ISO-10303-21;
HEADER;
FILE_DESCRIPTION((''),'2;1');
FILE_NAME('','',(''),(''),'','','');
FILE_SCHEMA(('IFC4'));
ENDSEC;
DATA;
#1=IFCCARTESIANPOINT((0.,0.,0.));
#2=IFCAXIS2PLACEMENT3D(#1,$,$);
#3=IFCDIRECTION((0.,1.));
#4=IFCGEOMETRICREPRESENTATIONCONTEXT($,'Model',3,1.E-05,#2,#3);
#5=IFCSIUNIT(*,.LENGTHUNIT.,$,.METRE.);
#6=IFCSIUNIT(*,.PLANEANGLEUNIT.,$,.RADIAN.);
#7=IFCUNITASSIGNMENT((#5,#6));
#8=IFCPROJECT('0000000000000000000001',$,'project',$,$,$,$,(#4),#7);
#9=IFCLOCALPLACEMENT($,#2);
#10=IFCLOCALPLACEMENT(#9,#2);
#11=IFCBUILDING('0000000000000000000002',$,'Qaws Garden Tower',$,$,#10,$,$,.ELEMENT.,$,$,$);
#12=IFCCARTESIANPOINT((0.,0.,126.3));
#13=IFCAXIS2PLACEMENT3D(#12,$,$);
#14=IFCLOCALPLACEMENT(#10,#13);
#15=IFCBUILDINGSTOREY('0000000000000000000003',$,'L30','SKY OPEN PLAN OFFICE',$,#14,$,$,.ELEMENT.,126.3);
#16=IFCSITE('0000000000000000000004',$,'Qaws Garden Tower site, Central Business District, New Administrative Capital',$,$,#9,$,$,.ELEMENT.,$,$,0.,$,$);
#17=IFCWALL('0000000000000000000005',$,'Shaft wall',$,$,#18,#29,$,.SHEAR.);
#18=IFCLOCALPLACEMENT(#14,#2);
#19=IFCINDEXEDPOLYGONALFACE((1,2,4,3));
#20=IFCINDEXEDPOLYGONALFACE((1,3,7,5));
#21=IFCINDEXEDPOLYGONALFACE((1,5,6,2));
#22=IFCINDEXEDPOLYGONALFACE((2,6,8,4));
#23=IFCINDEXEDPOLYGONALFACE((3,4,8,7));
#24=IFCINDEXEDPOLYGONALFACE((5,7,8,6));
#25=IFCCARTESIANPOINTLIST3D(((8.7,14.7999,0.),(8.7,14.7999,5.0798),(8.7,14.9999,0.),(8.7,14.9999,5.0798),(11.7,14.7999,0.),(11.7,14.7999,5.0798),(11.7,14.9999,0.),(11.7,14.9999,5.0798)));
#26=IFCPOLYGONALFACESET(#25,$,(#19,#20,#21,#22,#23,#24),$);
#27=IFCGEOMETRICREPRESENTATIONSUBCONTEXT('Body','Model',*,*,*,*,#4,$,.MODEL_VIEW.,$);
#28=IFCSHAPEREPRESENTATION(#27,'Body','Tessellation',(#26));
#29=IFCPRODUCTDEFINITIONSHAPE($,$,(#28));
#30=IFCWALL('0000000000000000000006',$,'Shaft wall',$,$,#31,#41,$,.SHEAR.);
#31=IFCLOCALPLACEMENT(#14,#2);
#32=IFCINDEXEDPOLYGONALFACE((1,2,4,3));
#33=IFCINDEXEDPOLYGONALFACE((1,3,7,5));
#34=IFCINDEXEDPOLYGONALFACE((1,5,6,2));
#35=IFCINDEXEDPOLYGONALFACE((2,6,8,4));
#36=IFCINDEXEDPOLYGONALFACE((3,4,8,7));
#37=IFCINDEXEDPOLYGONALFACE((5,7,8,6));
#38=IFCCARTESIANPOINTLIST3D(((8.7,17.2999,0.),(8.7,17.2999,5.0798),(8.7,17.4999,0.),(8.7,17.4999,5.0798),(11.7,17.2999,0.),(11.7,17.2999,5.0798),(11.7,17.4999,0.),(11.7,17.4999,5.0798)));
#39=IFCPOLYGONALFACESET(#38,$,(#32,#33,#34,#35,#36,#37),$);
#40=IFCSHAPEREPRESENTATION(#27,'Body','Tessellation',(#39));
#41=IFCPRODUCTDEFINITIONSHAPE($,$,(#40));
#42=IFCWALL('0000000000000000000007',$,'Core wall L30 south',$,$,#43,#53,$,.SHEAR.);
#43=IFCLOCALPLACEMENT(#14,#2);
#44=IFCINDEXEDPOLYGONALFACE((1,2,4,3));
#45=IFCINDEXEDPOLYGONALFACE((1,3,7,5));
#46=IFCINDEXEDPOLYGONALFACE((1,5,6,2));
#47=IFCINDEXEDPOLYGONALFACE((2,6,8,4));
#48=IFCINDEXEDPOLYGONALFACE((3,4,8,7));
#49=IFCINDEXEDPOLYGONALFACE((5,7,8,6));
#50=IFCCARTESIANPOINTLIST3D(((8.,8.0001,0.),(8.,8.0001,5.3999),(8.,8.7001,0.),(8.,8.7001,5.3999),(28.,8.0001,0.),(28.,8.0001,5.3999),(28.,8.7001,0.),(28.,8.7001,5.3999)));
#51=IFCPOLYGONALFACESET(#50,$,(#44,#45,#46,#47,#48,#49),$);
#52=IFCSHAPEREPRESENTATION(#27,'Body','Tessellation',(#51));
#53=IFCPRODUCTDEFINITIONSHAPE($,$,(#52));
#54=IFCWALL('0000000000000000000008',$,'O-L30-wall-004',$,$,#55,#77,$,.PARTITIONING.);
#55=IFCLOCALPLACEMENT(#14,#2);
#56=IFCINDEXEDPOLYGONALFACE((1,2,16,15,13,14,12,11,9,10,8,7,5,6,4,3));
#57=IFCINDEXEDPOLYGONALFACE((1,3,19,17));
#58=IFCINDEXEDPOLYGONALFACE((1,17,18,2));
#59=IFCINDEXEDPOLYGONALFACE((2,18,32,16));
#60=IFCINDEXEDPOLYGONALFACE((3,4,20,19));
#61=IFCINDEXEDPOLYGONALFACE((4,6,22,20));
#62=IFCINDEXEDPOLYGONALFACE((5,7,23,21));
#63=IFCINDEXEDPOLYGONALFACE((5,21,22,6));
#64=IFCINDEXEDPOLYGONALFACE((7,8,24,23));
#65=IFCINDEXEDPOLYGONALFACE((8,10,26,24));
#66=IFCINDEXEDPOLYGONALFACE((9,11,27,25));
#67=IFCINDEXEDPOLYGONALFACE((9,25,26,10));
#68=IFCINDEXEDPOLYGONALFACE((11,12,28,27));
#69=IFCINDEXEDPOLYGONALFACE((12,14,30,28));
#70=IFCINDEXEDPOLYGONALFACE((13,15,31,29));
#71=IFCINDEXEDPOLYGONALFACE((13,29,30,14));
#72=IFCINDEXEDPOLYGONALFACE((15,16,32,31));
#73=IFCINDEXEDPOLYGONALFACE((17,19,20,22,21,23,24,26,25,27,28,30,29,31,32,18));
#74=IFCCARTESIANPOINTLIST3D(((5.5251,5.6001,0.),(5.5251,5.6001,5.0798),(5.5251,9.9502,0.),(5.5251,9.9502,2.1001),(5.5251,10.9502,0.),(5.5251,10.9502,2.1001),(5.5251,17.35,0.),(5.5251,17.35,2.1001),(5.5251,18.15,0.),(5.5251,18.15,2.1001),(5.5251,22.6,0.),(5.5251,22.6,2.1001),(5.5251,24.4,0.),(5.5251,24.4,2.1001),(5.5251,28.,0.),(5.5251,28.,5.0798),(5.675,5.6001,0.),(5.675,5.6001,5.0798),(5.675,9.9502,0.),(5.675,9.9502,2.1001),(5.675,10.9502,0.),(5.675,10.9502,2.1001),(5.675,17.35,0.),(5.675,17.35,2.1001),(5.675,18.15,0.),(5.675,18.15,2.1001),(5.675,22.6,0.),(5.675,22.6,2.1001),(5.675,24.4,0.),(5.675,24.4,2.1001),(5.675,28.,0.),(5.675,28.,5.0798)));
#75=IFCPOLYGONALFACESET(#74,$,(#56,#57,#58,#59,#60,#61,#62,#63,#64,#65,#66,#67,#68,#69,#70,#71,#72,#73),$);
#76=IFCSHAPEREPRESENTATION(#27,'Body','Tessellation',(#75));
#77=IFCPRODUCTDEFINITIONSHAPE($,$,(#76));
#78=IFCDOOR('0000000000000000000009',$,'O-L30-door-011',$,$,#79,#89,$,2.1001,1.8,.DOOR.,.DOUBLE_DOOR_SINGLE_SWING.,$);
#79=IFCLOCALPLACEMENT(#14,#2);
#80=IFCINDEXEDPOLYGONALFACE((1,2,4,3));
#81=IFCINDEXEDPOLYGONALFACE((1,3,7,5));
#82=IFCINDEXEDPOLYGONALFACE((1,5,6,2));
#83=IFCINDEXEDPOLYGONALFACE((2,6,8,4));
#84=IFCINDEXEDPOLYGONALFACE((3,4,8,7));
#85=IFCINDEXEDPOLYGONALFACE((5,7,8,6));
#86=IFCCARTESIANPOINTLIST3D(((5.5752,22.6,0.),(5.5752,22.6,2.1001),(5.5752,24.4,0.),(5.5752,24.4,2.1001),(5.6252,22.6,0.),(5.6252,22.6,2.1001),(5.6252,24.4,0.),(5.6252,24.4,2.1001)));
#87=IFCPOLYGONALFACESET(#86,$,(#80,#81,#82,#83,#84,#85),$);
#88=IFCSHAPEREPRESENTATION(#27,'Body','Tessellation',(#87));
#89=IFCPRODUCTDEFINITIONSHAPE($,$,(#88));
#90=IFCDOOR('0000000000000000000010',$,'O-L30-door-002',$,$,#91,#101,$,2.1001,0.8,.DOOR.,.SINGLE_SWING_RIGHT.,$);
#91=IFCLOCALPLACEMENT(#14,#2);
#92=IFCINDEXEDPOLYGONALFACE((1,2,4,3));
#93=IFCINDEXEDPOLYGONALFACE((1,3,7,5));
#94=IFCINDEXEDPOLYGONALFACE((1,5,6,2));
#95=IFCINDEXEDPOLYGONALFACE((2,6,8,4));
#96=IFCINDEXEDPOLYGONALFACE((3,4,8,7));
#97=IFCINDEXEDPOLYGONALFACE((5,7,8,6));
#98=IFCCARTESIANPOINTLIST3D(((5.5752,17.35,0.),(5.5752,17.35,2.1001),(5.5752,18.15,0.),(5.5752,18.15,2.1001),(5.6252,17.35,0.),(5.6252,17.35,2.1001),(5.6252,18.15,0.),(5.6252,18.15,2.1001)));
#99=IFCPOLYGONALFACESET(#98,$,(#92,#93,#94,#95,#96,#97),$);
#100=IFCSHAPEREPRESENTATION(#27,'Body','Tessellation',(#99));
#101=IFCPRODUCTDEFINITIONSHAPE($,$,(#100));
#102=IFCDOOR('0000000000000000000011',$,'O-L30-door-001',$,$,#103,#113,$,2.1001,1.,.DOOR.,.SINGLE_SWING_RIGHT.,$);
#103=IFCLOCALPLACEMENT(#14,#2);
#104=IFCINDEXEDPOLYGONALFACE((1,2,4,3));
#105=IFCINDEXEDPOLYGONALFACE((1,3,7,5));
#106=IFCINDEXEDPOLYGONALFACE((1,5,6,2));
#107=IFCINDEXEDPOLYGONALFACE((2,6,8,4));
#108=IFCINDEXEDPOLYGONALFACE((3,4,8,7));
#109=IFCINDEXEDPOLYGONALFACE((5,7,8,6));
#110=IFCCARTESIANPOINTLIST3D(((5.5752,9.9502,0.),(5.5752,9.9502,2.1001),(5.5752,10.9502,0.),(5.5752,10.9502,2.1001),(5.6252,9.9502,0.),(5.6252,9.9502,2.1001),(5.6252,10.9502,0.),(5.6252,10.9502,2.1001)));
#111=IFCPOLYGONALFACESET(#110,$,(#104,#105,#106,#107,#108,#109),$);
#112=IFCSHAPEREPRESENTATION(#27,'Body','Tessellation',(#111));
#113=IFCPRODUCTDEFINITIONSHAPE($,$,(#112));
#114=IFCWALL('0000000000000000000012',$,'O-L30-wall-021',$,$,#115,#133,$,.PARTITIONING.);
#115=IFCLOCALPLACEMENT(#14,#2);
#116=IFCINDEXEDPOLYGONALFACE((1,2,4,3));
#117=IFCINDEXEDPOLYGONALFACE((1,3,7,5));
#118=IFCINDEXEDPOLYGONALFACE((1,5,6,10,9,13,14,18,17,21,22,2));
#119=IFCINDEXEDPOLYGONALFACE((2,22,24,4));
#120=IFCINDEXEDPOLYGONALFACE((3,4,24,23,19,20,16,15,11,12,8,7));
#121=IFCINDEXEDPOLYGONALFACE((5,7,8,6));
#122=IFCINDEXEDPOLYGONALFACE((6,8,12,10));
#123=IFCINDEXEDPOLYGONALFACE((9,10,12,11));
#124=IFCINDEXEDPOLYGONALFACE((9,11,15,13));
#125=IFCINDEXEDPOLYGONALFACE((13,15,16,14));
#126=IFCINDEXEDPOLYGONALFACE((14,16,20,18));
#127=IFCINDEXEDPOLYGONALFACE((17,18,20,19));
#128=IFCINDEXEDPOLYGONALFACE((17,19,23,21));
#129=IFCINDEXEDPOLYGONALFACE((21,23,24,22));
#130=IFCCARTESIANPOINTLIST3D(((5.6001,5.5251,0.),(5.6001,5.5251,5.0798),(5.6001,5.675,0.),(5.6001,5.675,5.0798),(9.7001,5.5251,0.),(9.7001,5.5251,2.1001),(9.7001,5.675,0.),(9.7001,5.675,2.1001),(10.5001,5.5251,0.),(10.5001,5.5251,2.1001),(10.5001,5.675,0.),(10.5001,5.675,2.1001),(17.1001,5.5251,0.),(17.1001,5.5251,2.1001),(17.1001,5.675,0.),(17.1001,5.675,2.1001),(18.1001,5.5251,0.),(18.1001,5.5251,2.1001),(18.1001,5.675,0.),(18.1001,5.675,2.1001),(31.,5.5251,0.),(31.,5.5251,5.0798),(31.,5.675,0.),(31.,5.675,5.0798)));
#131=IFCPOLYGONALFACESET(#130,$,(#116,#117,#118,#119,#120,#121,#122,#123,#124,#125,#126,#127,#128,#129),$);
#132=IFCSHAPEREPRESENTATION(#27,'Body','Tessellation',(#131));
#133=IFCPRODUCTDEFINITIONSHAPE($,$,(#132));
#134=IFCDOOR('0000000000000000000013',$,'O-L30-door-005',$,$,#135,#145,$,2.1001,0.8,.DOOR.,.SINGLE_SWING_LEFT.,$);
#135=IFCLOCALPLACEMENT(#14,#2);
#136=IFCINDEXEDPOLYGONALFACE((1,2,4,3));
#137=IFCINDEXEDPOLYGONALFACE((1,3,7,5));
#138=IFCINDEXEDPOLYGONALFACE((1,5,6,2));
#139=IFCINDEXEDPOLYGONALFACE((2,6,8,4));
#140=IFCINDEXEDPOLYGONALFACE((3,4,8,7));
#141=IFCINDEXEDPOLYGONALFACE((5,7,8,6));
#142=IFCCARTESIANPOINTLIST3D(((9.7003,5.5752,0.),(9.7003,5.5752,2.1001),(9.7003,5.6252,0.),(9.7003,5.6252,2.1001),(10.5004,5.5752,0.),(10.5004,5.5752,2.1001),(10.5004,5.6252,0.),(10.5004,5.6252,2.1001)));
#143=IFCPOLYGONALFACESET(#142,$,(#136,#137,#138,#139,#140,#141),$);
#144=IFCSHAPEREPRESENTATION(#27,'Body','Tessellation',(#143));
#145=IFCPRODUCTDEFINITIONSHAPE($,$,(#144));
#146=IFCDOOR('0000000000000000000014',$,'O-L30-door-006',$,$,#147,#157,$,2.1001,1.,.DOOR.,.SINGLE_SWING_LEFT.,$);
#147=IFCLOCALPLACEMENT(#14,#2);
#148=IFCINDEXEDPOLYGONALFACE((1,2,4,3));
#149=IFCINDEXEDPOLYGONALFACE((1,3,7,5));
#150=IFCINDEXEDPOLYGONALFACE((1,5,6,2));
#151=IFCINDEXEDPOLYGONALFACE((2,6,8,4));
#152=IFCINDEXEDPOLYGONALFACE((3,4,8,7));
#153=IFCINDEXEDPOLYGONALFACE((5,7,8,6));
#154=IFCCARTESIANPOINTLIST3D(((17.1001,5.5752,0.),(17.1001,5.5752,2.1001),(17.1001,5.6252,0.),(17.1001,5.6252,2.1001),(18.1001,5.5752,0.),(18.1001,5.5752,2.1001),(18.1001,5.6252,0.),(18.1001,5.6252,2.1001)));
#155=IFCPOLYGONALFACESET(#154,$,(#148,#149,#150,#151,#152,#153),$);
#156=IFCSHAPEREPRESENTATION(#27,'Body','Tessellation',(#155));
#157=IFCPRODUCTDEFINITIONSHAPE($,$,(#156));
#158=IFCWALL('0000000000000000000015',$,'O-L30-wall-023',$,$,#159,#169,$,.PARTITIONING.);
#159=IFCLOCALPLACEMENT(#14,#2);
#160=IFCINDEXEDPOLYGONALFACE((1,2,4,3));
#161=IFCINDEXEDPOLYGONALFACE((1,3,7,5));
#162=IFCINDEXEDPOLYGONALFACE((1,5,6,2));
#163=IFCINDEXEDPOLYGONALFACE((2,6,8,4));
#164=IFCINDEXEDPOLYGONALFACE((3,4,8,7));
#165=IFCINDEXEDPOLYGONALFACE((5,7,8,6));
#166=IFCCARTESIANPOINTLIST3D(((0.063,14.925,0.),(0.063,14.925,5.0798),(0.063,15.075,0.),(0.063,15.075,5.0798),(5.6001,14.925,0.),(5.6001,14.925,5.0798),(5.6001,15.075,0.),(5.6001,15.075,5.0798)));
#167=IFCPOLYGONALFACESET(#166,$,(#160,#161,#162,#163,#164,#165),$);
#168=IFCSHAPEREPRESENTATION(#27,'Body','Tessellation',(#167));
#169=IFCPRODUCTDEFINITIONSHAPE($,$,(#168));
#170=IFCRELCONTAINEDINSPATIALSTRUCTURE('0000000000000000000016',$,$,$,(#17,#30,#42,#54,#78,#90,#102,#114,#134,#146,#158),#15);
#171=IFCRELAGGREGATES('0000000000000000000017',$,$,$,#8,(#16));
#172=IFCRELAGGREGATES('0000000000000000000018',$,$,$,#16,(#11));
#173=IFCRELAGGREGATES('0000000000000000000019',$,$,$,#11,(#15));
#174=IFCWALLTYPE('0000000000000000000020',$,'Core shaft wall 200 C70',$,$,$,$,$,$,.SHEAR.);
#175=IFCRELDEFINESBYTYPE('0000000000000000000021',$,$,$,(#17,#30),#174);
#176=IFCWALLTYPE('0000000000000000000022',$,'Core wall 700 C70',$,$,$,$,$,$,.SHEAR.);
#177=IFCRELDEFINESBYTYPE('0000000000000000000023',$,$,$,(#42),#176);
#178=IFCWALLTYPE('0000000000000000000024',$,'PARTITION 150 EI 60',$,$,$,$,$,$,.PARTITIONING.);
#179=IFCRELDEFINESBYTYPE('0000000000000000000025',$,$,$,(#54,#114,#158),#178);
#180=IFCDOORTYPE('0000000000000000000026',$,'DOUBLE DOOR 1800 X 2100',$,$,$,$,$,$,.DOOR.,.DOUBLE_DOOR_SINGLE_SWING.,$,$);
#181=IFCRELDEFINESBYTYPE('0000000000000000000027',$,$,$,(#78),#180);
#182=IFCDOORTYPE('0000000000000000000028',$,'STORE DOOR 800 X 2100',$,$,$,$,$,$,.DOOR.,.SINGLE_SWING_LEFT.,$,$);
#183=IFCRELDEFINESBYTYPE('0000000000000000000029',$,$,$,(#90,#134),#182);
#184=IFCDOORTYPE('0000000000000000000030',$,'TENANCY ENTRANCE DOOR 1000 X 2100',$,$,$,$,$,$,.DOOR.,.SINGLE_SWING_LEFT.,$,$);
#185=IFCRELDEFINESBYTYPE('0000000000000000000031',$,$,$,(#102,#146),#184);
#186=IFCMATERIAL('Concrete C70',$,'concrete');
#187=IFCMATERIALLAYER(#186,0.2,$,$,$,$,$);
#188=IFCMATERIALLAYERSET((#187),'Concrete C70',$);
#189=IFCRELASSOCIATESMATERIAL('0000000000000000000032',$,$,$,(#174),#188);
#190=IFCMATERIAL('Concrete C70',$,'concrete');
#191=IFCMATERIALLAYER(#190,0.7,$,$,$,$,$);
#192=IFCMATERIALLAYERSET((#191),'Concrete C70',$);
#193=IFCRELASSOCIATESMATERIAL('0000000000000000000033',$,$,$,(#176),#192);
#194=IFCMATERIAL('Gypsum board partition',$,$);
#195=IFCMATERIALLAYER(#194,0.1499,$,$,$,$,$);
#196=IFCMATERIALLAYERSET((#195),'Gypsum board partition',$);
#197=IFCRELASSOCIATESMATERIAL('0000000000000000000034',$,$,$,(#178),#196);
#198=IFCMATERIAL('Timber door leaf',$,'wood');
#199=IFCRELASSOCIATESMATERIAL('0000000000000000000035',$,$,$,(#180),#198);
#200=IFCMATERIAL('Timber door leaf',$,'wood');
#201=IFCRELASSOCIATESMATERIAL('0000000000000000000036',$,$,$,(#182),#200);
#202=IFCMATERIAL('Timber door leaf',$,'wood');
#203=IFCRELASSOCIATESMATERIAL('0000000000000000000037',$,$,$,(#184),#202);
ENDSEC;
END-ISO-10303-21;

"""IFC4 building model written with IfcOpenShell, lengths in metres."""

from ifc_helpers import new_model, si_unit, direction, frame, frame_2d, origin, place, context, subcontext, project, spatial, rectangle, extrude, material, layer, layer_set, type_object, element, fill, save


model = new_model("IFC4")

# Units and contexts
model_context = context("Model", 3, precision=1e-05, world=origin(), true_north=direction((0.0, 1.0)))
body_context = subcontext(model_context, "Body", "Model", "MODEL_VIEW")
ifc_project = project(units=[si_unit("LENGTHUNIT", "METRE"), si_unit("PLANEANGLEUNIT", "RADIAN")], contexts=[model_context])

# Site, building, storey
site_placement = place(None, origin())
site = spatial("IfcSite", under=ifc_project, at=site_placement, Name="Qaws Garden Tower site, Central Business District, New Administrative Capital", CompositionType="ELEMENT", RefElevation=0.0)
building_placement = place(site_placement, origin())
building = spatial("IfcBuilding", under=site, at=building_placement, Name="Qaws Garden Tower", CompositionType="ELEMENT")
storey_placement = place(building_placement, frame((0.0, 0.0, 126.3)))
storey = spatial("IfcBuildingStorey", under=building, at=storey_placement, Name="L30", Description="SKY OPEN PLAN OFFICE", CompositionType="ELEMENT", Elevation=126.3)

# Walls
ifc_material_1 = material(Name="Concrete C70", Category="concrete")
ifc_layer_1 = layer(ifc_material_1, 0.2)
ifc_layer_set_1 = layer_set([ifc_layer_1], Name="Concrete C70")
wall_type_1 = type_object("IfcWallType", Name="Core shaft wall 200 C70", PredefinedType="SHEAR", material=ifc_layer_set_1)
for number, where, z_axis, x_axis, name in (
    (1, (8.7, 14.8999, 0.0), (0.0, 0.0, 1.0), (1.0, 0.0, 0.0), "Shaft wall"),
    (2, (8.7, 17.3999, 0.0), (0.0, 0.0, 1.0), (1.0, 0.0, 0.0), "Shaft wall"),
):
    element("IfcWall", number, at=place(storey_placement, frame(where, z_axis=z_axis, x_axis=x_axis)), inside=storey, type_object=wall_type_1, Name=name, PredefinedType="SHEAR", context=body_context, shape_type="SweptSolid", body=[
        extrude(rectangle(XDim=3.0, YDim=0.2, at=frame_2d((1.5, 0.0))), origin(), (0.0, 0.0, 1.0), 5.0798),
    ])
ifc_material_2 = material(Name="Concrete C70", Category="concrete")
ifc_layer_2 = layer(ifc_material_2, 0.7)
ifc_layer_set_2 = layer_set([ifc_layer_2], Name="Concrete C70")
wall_type_2 = type_object("IfcWallType", Name="Core wall 700 C70", PredefinedType="SHEAR", material=ifc_layer_set_2)
wall_1_placement = place(storey_placement, frame((8.0, 8.3501, 0.0), z_axis=(0.0, 0.0, 1.0), x_axis=(1.0, 0.0, 0.0)))
element("IfcWall", 3, at=wall_1_placement, inside=storey, type_object=wall_type_2, Name="Core wall L30 south", PredefinedType="SHEAR", context=body_context, shape_type="SweptSolid", body=[
    extrude(rectangle(XDim=20.0, YDim=0.7, at=frame_2d((10.0, 0.0))), origin(), (0.0, 0.0, 1.0), 5.3999),
])

# Walls, openings, doors
ifc_material_3 = material(Name="Gypsum board partition")
ifc_layer_3 = layer(ifc_material_3, 0.1499)
ifc_layer_set_3 = layer_set([ifc_layer_3], Name="Gypsum board partition")
wall_type_3 = type_object("IfcWallType", Name="PARTITION 150 EI 60", PredefinedType="PARTITIONING", material=ifc_layer_set_3)
wall_2_placement = place(storey_placement, frame((5.6001, 5.6001, 0.0), z_axis=(0.0, 0.0, 1.0), x_axis=(0.0, 1.0, 0.0)))
wall_2 = element("IfcWall", 4, at=wall_2_placement, inside=storey, type_object=wall_type_3, Name="O-L30-wall-004", PredefinedType="PARTITIONING", context=body_context, shape_type="SweptSolid", body=[
    extrude(rectangle(XDim=22.3999, YDim=0.1499, at=frame_2d((11.2, 0.0))), origin(), (0.0, 0.0, 1.0), 5.0798),
])
opening_1_placement = place(wall_2_placement, frame((4.3501, 0.0, 0.0)))
opening_1 = element("IfcOpeningElement", 5, at=opening_1_placement, cuts=wall_2, PredefinedType="OPENING", context=body_context, shape_type="SweptSolid", body=[
    extrude(rectangle(XDim=1.0, YDim=2.1001, at=frame_2d((0.5, 1.05))), frame((0.0, 0.085, 0.0), z_axis=(0.0, -1.0, 0.0), x_axis=(1.0, 0.0, 0.0)), (0.0, 0.0, 1.0), 0.1699),
])
opening_2_placement = place(wall_2_placement, frame((11.75, 0.0, 0.0)))
opening_2 = element("IfcOpeningElement", 6, at=opening_2_placement, cuts=wall_2, PredefinedType="OPENING", context=body_context, shape_type="SweptSolid", body=[
    extrude(rectangle(XDim=0.8, YDim=2.1001, at=frame_2d((0.3999, 1.05))), frame((0.0, 0.085, 0.0), z_axis=(0.0, -1.0, 0.0), x_axis=(1.0, 0.0, 0.0)), (0.0, 0.0, 1.0), 0.1699),
])
opening_3_placement = place(wall_2_placement, frame((17.0, 0.0, 0.0)))
opening_3 = element("IfcOpeningElement", 7, at=opening_3_placement, cuts=wall_2, PredefinedType="OPENING", context=body_context, shape_type="SweptSolid", body=[
    extrude(rectangle(XDim=1.8, YDim=2.1001, at=frame_2d((0.8999, 1.05))), frame((0.0, 0.085, 0.0), z_axis=(0.0, -1.0, 0.0), x_axis=(1.0, 0.0, 0.0)), (0.0, 0.0, 1.0), 0.1699),
])
ifc_material_4 = material(Name="Timber door leaf", Category="wood")
door_type_1 = type_object("IfcDoorType", Name="DOUBLE DOOR 1800 X 2100", OperationType="DOUBLE_DOOR_SINGLE_SWING", PredefinedType="DOOR", material=ifc_material_4)
door_1_placement = place(opening_3_placement, origin())
door_1 = element("IfcDoor", 8, at=door_1_placement, inside=storey, type_object=door_type_1, Name="O-L30-door-011", OperationType="DOUBLE_DOOR_SINGLE_SWING", OverallHeight=2.1001, OverallWidth=1.8, PredefinedType="DOOR", context=body_context, shape_type="SweptSolid", body=[
    extrude(rectangle(XDim=1.8, YDim=2.1001, at=frame_2d((0.8999, 1.05))), frame((0.0, 0.0249, 0.0), z_axis=(0.0, -1.0, 0.0), x_axis=(1.0, 0.0, 0.0)), (0.0, 0.0, 1.0), 0.05),
])
fill(opening_3, door_1)
ifc_material_5 = material(Name="Timber door leaf", Category="wood")
door_type_2 = type_object("IfcDoorType", Name="STORE DOOR 800 X 2100", OperationType="SINGLE_SWING_LEFT", PredefinedType="DOOR", material=ifc_material_5)
door_2_placement = place(opening_2_placement, origin())
door_2 = element("IfcDoor", 9, at=door_2_placement, inside=storey, type_object=door_type_2, Name="O-L30-door-002", OperationType="SINGLE_SWING_RIGHT", OverallHeight=2.1001, OverallWidth=0.8, PredefinedType="DOOR", context=body_context, shape_type="SweptSolid", body=[
    extrude(rectangle(XDim=0.8, YDim=2.1001, at=frame_2d((0.3999, 1.05))), frame((0.0, 0.0249, 0.0), z_axis=(0.0, -1.0, 0.0), x_axis=(1.0, 0.0, 0.0)), (0.0, 0.0, 1.0), 0.05),
])
fill(opening_2, door_2)
ifc_material_6 = material(Name="Timber door leaf", Category="wood")
door_type_3 = type_object("IfcDoorType", Name="TENANCY ENTRANCE DOOR 1000 X 2100", OperationType="SINGLE_SWING_LEFT", PredefinedType="DOOR", material=ifc_material_6)
door_3_placement = place(opening_1_placement, origin())
door_3 = element("IfcDoor", 10, at=door_3_placement, inside=storey, type_object=door_type_3, Name="O-L30-door-001", OperationType="SINGLE_SWING_RIGHT", OverallHeight=2.1001, OverallWidth=1.0, PredefinedType="DOOR", context=body_context, shape_type="SweptSolid", body=[
    extrude(rectangle(XDim=1.0, YDim=2.1001, at=frame_2d((0.5, 1.05))), frame((0.0, 0.0249, 0.0), z_axis=(0.0, -1.0, 0.0), x_axis=(1.0, 0.0, 0.0)), (0.0, 0.0, 1.0), 0.05),
])
fill(opening_1, door_3)
wall_3_placement = place(storey_placement, frame((5.6001, 5.6001, 0.0), z_axis=(0.0, 0.0, 1.0), x_axis=(1.0, 0.0, 0.0)))
wall_3 = element("IfcWall", 11, at=wall_3_placement, inside=storey, type_object=wall_type_3, Name="O-L30-wall-021", PredefinedType="PARTITIONING", context=body_context, shape_type="SweptSolid", body=[
    extrude(rectangle(XDim=25.3999, YDim=0.1499, at=frame_2d((12.7, 0.0))), origin(), (0.0, 0.0, 1.0), 5.0798),
])
opening_4_placement = place(wall_3_placement, frame((4.1001, 0.0, 0.0)))
opening_4 = element("IfcOpeningElement", 12, at=opening_4_placement, cuts=wall_3, PredefinedType="OPENING", context=body_context, shape_type="SweptSolid", body=[
    extrude(rectangle(XDim=0.8, YDim=2.1001, at=frame_2d((0.3999, 1.05))), frame((0.0, 0.085, 0.0), z_axis=(0.0, -1.0, 0.0), x_axis=(1.0, 0.0, 0.0)), (0.0, 0.0, 1.0), 0.1699),
])
opening_5_placement = place(wall_3_placement, frame((11.5, 0.0, 0.0)))
opening_5 = element("IfcOpeningElement", 13, at=opening_5_placement, cuts=wall_3, PredefinedType="OPENING", context=body_context, shape_type="SweptSolid", body=[
    extrude(rectangle(XDim=1.0, YDim=2.1001, at=frame_2d((0.5, 1.05))), frame((0.0, 0.085, 0.0), z_axis=(0.0, -1.0, 0.0), x_axis=(1.0, 0.0, 0.0)), (0.0, 0.0, 1.0), 0.1699),
])
door_4_placement = place(opening_4_placement, frame((0.8, 0.0, 0.0), z_axis=(0.0, 0.0, 1.0), x_axis=(-1.0, 0.0, 0.0)))
door_4 = element("IfcDoor", 14, at=door_4_placement, inside=storey, type_object=door_type_2, Name="O-L30-door-005", OperationType="SINGLE_SWING_LEFT", OverallHeight=2.1001, OverallWidth=0.8, PredefinedType="DOOR", context=body_context, shape_type="SweptSolid", body=[
    extrude(rectangle(XDim=0.8, YDim=2.1001, at=frame_2d((0.3999, 1.05))), frame((0.0, 0.0249, 0.0), z_axis=(0.0, -1.0, 0.0), x_axis=(1.0, 0.0, 0.0)), (0.0, 0.0, 1.0), 0.05),
])
fill(opening_4, door_4)
door_5_placement = place(opening_5_placement, frame((1.0, 0.0, 0.0), z_axis=(0.0, 0.0, 1.0), x_axis=(-1.0, 0.0, 0.0)))
door_5 = element("IfcDoor", 15, at=door_5_placement, inside=storey, type_object=door_type_3, Name="O-L30-door-006", OperationType="SINGLE_SWING_LEFT", OverallHeight=2.1001, OverallWidth=1.0, PredefinedType="DOOR", context=body_context, shape_type="SweptSolid", body=[
    extrude(rectangle(XDim=1.0, YDim=2.1001, at=frame_2d((0.5, 1.05))), frame((0.0, 0.0249, 0.0), z_axis=(0.0, -1.0, 0.0), x_axis=(1.0, 0.0, 0.0)), (0.0, 0.0, 1.0), 0.05),
])
fill(opening_5, door_5)

# Wall
wall_4_placement = place(storey_placement, frame((0.063, 15.0, 0.0), z_axis=(0.0, 0.0, 1.0), x_axis=(1.0, 0.0, 0.0)))
element("IfcWall", 16, at=wall_4_placement, inside=storey, type_object=wall_type_3, Name="O-L30-wall-023", PredefinedType="PARTITIONING", context=body_context, shape_type="SweptSolid", body=[
    extrude(rectangle(XDim=5.5371, YDim=0.1499, at=frame_2d((2.7686, 0.0))), origin(), (0.0, 0.0, 1.0), 5.0798),
])

save(model, "model.ifc")
